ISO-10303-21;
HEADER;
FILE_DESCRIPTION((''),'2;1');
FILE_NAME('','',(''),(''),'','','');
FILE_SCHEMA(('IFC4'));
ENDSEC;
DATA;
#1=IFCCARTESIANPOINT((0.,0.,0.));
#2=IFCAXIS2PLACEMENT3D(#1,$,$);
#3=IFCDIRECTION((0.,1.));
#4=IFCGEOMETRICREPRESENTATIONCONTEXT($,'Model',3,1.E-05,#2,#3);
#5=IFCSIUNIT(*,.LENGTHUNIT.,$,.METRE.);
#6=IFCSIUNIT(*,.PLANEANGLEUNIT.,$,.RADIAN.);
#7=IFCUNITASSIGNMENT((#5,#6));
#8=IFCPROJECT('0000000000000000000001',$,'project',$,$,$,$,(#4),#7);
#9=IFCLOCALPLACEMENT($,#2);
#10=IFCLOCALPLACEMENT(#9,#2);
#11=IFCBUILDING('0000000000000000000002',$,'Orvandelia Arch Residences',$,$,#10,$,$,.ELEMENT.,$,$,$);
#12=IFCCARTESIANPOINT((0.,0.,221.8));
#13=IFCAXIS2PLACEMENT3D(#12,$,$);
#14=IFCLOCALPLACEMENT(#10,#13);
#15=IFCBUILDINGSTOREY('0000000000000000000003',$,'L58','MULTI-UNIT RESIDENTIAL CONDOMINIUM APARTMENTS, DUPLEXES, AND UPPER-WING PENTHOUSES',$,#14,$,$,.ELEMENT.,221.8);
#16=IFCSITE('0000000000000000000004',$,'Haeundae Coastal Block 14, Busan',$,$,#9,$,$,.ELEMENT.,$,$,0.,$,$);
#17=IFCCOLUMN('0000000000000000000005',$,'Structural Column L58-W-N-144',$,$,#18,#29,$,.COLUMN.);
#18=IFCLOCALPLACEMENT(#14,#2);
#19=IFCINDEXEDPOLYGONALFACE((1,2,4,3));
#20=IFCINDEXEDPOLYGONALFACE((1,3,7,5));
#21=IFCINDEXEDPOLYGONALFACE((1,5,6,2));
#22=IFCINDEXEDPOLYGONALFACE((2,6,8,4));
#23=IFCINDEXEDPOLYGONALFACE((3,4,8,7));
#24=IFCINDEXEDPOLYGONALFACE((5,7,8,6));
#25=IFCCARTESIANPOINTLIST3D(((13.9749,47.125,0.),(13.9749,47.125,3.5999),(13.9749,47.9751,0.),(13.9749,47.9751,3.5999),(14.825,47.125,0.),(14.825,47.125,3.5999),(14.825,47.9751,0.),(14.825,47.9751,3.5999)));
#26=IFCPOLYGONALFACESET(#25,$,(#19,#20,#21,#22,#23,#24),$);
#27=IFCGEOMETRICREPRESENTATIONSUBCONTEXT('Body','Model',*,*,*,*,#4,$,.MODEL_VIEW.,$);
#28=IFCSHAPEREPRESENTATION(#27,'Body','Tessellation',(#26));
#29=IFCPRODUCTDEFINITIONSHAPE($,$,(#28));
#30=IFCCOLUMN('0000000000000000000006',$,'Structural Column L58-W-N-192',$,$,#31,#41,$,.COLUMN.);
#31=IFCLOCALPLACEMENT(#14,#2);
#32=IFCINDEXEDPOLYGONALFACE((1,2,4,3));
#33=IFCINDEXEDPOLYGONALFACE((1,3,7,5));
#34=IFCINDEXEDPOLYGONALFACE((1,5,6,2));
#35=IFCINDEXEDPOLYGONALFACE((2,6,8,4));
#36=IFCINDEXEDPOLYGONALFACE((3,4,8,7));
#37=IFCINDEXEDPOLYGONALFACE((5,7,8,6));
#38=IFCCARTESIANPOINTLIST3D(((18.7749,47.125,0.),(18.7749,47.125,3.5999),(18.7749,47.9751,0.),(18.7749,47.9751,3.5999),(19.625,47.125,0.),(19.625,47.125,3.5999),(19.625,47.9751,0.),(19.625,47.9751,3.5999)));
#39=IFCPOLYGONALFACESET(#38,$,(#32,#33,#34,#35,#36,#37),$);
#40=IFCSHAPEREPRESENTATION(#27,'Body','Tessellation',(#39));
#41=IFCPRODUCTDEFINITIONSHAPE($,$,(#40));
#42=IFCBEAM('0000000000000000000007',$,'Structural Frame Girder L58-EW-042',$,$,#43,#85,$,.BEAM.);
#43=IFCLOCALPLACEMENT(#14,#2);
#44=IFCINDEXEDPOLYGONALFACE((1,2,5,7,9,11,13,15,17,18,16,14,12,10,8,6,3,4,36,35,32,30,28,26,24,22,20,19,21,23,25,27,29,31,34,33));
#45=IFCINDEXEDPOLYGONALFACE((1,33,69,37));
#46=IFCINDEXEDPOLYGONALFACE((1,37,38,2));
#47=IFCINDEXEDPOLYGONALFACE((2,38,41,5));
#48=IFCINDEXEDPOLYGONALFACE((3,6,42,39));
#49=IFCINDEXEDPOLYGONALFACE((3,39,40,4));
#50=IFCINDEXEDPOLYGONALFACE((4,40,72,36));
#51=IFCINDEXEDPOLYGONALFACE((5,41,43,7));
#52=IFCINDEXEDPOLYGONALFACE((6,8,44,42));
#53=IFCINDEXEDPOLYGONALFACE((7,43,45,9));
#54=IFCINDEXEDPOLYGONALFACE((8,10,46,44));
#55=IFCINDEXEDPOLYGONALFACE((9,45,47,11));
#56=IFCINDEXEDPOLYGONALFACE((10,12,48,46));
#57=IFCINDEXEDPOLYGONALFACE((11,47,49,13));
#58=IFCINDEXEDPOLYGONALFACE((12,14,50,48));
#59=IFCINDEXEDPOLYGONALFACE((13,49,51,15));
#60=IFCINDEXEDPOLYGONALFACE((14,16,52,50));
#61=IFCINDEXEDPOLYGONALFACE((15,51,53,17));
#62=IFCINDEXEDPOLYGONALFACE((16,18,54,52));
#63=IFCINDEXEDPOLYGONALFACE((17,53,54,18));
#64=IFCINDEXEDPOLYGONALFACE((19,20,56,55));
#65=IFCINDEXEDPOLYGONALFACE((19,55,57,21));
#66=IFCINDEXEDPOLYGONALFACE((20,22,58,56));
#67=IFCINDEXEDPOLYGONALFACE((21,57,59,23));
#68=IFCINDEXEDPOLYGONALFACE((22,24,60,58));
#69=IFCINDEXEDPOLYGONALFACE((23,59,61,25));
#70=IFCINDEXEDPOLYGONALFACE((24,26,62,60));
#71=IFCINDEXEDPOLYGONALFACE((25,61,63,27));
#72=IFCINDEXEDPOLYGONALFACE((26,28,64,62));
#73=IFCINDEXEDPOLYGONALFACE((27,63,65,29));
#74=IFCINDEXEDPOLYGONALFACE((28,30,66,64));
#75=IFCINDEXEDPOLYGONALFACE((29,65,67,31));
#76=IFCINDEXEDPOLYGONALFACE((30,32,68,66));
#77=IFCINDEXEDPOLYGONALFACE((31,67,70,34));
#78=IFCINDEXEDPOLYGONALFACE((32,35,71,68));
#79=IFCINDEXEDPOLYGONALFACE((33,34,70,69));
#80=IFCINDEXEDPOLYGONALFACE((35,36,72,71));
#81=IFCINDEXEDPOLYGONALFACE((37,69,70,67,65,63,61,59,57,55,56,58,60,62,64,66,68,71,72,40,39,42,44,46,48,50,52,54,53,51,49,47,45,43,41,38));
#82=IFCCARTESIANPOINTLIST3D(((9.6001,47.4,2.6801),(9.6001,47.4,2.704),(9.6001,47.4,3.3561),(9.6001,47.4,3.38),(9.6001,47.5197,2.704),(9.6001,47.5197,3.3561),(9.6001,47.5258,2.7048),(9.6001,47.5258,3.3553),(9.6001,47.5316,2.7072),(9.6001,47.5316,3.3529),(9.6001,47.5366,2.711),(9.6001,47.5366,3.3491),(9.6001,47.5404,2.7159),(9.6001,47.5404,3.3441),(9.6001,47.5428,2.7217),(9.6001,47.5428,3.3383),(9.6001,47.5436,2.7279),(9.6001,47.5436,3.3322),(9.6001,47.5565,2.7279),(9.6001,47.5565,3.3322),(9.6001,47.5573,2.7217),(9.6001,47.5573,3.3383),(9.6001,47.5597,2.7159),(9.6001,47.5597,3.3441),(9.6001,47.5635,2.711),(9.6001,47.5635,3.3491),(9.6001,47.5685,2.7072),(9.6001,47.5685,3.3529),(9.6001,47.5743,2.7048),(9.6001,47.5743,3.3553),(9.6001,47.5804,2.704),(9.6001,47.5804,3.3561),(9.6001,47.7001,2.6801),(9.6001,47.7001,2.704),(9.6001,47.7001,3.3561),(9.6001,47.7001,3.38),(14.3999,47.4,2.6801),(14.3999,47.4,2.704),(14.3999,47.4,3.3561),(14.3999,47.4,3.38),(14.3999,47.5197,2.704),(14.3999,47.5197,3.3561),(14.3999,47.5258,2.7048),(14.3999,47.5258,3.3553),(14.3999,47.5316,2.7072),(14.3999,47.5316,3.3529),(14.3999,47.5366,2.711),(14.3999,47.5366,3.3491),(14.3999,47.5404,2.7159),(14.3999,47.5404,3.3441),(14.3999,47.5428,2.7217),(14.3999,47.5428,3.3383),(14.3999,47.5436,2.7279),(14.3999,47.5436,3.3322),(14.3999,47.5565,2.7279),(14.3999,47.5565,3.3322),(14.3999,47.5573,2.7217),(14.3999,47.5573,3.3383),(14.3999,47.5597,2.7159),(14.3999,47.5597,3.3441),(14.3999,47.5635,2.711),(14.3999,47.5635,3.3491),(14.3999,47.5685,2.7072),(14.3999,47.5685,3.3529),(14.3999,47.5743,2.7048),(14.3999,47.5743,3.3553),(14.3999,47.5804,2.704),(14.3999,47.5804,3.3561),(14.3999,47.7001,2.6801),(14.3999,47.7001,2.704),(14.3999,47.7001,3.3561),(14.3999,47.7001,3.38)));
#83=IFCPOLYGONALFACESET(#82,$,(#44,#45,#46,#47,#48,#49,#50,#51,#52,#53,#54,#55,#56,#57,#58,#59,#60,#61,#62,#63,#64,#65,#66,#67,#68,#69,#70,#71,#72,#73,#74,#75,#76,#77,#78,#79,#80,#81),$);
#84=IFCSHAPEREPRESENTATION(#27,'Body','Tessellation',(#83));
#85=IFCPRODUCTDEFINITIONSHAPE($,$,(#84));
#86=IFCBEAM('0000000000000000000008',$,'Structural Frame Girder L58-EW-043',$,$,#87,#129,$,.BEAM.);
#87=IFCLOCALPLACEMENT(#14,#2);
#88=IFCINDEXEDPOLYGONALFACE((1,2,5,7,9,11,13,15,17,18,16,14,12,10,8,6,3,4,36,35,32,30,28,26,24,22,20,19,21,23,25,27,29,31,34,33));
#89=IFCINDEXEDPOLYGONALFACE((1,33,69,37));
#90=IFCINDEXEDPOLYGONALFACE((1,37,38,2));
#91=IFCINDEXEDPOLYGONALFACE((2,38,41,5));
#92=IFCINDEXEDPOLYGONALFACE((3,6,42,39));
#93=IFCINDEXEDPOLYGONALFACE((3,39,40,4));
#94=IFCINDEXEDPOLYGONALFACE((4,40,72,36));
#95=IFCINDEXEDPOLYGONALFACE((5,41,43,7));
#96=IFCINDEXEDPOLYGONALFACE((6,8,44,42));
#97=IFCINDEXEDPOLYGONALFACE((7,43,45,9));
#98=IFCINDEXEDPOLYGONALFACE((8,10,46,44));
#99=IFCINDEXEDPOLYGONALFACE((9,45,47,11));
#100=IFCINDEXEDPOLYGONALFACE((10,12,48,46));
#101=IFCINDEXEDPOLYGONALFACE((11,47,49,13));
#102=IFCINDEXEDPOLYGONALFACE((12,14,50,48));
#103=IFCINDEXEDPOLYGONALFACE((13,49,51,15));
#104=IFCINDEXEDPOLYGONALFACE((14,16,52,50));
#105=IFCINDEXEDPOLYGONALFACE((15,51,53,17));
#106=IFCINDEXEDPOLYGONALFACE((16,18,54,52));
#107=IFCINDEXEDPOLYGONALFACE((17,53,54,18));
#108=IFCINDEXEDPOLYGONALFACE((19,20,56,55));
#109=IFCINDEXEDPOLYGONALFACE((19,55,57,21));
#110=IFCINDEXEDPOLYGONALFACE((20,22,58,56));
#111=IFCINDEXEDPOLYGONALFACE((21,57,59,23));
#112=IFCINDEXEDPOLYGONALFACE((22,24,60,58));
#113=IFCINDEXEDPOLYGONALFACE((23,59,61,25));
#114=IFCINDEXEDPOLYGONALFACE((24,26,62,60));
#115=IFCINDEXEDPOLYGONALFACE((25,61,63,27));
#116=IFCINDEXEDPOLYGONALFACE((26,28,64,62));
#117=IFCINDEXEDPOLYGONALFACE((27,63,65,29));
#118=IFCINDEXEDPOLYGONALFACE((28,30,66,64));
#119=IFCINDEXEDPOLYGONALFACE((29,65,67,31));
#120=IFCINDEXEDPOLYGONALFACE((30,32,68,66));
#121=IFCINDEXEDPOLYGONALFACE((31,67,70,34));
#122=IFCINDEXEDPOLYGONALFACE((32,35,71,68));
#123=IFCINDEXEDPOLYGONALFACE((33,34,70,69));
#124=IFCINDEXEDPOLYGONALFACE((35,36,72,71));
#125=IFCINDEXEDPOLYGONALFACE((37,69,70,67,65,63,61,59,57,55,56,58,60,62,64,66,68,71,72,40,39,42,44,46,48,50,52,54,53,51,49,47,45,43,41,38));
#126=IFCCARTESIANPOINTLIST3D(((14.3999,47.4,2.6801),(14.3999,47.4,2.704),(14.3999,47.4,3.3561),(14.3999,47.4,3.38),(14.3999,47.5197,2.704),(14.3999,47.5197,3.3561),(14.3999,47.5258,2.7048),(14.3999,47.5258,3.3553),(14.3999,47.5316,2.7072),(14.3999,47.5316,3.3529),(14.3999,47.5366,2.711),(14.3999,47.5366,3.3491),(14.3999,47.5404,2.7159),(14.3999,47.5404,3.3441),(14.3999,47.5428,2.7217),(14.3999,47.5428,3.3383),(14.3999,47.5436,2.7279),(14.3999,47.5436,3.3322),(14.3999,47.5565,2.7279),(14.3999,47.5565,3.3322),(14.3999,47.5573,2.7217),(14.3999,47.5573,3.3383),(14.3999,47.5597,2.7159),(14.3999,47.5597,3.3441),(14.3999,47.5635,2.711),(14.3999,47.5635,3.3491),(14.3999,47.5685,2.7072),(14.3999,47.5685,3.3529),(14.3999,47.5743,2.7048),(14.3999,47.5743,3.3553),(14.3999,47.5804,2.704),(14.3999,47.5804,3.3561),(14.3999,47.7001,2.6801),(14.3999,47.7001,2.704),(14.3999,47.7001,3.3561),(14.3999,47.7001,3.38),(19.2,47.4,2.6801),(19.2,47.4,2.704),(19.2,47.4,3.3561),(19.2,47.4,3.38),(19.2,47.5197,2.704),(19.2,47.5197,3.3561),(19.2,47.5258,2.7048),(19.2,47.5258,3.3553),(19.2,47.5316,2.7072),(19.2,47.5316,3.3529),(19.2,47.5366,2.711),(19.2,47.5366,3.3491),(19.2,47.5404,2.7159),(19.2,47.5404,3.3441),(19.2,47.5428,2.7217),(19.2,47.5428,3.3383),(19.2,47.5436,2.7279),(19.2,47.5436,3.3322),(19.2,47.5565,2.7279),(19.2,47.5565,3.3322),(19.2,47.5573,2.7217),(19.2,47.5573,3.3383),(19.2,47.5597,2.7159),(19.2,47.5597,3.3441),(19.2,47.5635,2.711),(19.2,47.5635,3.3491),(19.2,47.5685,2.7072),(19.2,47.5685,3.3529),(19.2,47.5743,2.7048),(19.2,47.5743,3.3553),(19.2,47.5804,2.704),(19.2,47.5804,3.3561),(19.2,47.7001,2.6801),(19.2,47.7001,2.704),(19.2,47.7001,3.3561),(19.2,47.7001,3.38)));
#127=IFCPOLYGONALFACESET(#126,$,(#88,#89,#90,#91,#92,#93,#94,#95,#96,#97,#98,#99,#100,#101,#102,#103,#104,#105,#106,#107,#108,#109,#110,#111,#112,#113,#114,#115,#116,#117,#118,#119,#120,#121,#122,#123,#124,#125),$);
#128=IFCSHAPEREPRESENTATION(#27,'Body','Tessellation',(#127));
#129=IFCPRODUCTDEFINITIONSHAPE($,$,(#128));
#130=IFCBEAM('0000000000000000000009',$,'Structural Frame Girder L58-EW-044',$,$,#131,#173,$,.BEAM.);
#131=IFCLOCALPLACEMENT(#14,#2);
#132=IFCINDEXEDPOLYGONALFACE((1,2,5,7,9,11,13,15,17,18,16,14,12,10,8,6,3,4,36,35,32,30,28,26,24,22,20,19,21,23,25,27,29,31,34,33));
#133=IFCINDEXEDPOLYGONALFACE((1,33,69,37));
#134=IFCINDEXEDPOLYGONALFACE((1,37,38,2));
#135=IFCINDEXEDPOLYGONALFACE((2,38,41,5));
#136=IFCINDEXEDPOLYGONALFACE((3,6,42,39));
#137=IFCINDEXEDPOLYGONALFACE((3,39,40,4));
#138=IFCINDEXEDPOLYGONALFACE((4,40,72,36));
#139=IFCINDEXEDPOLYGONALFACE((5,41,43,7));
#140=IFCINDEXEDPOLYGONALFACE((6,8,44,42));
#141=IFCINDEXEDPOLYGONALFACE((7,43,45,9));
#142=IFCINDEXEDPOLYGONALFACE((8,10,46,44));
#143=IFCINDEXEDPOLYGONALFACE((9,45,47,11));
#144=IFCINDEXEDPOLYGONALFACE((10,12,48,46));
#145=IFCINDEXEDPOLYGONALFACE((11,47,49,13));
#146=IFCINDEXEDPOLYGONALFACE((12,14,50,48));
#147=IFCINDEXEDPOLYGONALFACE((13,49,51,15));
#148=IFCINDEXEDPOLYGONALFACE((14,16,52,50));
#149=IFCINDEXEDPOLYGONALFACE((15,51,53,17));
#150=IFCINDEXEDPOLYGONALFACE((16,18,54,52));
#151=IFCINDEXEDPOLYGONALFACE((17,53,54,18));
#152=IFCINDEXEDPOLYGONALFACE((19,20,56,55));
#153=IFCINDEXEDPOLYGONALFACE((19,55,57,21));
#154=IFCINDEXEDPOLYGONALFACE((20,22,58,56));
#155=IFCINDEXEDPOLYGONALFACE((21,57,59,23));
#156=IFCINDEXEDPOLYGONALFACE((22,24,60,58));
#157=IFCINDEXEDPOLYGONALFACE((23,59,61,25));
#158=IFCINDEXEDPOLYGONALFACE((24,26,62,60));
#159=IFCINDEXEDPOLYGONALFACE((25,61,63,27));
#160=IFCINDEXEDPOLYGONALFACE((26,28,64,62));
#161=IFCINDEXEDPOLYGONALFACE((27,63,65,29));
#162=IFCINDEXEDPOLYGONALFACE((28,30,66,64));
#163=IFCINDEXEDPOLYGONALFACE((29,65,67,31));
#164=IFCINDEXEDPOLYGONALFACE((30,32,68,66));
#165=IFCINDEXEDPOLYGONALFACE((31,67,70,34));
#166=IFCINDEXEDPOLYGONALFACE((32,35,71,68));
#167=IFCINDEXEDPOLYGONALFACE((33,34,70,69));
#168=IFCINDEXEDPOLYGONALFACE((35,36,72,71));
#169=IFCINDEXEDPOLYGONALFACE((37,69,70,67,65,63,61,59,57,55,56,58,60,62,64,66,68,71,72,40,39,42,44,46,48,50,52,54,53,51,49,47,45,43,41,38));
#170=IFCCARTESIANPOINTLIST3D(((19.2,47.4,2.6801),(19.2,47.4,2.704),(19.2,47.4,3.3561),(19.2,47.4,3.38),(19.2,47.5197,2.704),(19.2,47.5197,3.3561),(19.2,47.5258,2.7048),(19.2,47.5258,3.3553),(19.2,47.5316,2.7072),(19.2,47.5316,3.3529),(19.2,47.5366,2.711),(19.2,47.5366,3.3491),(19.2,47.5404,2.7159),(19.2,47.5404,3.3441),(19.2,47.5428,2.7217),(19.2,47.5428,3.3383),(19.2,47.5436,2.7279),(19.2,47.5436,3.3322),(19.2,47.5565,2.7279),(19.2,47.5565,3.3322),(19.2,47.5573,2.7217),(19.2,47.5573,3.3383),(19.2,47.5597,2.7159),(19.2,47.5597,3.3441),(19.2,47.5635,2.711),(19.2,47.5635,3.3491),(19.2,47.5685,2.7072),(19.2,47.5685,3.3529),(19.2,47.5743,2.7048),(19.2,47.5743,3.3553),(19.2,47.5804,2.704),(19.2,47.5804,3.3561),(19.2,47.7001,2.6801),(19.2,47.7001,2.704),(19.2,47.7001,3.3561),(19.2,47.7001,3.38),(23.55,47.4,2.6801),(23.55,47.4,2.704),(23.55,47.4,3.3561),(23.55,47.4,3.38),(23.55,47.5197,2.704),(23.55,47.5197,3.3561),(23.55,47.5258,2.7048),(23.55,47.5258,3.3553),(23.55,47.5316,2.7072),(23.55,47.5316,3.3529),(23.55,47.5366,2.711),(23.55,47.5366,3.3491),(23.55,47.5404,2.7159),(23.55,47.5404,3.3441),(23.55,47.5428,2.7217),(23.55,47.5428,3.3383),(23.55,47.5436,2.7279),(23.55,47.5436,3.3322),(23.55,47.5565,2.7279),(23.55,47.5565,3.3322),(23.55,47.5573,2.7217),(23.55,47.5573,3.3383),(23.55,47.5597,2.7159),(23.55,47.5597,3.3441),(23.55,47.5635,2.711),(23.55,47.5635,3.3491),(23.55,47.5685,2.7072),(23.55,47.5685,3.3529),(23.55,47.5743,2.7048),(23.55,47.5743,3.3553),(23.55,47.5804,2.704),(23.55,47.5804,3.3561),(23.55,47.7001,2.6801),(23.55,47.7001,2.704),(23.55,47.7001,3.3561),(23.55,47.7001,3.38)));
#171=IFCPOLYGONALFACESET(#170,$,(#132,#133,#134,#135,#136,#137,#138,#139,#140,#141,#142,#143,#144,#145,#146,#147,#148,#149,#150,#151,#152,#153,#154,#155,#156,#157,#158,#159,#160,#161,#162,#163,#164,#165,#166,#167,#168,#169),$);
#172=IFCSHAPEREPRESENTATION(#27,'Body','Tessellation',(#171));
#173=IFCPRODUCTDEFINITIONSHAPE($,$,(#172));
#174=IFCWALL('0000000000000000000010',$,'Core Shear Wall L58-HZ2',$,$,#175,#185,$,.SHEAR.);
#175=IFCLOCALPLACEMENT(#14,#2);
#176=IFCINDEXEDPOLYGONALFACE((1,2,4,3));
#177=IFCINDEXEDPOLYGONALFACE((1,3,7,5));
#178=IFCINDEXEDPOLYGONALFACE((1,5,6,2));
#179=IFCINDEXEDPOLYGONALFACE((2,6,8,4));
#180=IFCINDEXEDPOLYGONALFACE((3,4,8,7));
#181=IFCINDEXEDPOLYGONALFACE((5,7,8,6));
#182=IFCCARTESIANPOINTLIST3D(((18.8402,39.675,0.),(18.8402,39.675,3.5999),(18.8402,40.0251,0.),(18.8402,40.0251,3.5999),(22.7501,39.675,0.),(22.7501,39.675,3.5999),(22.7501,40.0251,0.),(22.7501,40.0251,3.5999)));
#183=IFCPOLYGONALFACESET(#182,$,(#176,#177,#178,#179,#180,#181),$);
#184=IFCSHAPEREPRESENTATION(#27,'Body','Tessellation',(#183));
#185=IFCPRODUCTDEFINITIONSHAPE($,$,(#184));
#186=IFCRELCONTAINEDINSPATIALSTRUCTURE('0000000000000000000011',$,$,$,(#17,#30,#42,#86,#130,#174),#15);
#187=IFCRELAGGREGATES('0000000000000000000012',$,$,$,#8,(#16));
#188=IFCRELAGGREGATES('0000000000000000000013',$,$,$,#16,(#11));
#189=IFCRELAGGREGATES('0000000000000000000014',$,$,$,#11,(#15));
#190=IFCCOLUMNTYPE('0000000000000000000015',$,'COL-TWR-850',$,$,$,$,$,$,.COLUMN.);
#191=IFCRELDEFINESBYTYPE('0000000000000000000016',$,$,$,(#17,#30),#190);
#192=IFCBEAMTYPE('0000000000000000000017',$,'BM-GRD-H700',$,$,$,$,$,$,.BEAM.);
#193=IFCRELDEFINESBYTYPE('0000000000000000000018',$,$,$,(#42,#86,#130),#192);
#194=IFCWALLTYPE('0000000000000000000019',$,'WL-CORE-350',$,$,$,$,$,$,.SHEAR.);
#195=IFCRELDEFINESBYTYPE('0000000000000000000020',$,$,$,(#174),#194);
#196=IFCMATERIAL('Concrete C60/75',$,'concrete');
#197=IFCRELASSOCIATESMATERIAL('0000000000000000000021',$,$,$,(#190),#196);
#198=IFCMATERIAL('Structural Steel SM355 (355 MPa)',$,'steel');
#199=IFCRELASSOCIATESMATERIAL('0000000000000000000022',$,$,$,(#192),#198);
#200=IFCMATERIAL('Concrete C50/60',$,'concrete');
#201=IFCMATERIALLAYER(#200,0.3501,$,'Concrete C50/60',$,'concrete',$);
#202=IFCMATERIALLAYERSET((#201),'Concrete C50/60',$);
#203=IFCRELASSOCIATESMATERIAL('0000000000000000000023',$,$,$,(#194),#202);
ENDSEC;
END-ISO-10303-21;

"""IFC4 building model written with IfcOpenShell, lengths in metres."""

from ifc_helpers import new_model, si_unit, direction, frame, frame_2d, origin, origin_2d, place, context, subcontext, project, spatial, rectangle, i_section, extrude, material, layer, layer_set, material_profile, profile_set, type_object, element, save


model = new_model("IFC4")

# Units and contexts
model_context = context("Model", 3, precision=1e-05, world=origin(), true_north=direction((0.0, 1.0)))
body_context = subcontext(model_context, "Body", "Model", "MODEL_VIEW")
ifc_project = project(units=[si_unit("LENGTHUNIT", "METRE"), si_unit("PLANEANGLEUNIT", "RADIAN")], contexts=[model_context])

# Site, building, storey
site_placement = place(None, origin())
site = spatial("IfcSite", under=ifc_project, at=site_placement, Name="Haeundae Coastal Block 14, Busan", CompositionType="ELEMENT", RefElevation=0.0)
building_placement = place(site_placement, origin())
building = spatial("IfcBuilding", under=site, at=building_placement, Name="Orvandelia Arch Residences", CompositionType="ELEMENT")
storey_placement = place(building_placement, frame((0.0, 0.0, 221.8)))
storey = spatial("IfcBuildingStorey", under=building, at=storey_placement, Name="L58", Description="MULTI-UNIT RESIDENTIAL CONDOMINIUM APARTMENTS, DUPLEXES, AND UPPER-WING PENTHOUSES", CompositionType="ELEMENT", Elevation=221.8)

# Columns
ifc_material_1 = material(Name="Concrete C60/75", Category="concrete")
ifc_material_profile_1 = material_profile(ifc_material_1, rectangle(XDim=0.8501, YDim=0.8501, at=origin_2d()), Name="Concrete C60/75", Category="concrete")
ifc_profile_set_1 = profile_set([ifc_material_profile_1], Name="Concrete C60/75")
column_type = type_object("IfcColumnType", Name="COL-TWR-850", PredefinedType="COLUMN", material=ifc_profile_set_1)
for number, where, z_axis, x_axis, name in (
    (1, (14.3999, 47.55, 0.0), (0.0, 0.0, 1.0), (1.0, 0.0, 0.0), "Structural Column L58-W-N-144"),
    (2, (19.2, 47.55, 0.0), (0.0, 0.0, 1.0), (1.0, 0.0, 0.0), "Structural Column L58-W-N-192"),
):
    element("IfcColumn", number, at=place(storey_placement, frame(where, z_axis=z_axis, x_axis=x_axis)), inside=storey, type_object=column_type, Name=name, PredefinedType="COLUMN", context=body_context, shape_type="SweptSolid", body=[
        extrude(rectangle(XDim=0.8501, YDim=0.8501, at=origin_2d()), origin(), (0.0, 0.0, 1.0), 3.5999),
    ])

# Beams
ifc_material_2 = material(Name="Structural Steel SM355 (355 MPa)", Category="steel")
ifc_material_profile_2 = material_profile(ifc_material_2, i_section(OverallWidth=0.3, OverallDepth=0.7, WebThickness=0.0129, FlangeThickness=0.0239, FilletRadius=0.0239, at=origin_2d()), Name="Structural Steel SM355 (355 MPa)", Category="steel")
ifc_profile_set_2 = profile_set([ifc_material_profile_2], Name="Structural Steel SM355 (355 MPa)")
beam_type = type_object("IfcBeamType", Name="BM-GRD-H700", PredefinedType="BEAM", material=ifc_profile_set_2)
beam_1_placement = place(storey_placement, frame((9.6001, 47.55, 3.03), z_axis=(1.0, 0.0, 0.0), x_axis=(0.0, 1.0, 0.0)))
element("IfcBeam", 3, at=beam_1_placement, inside=storey, type_object=beam_type, Name="Structural Frame Girder L58-EW-042", PredefinedType="BEAM", context=body_context, shape_type="SweptSolid", body=[
    extrude(i_section(OverallWidth=0.3, OverallDepth=0.7, WebThickness=0.0129, FlangeThickness=0.0239, FilletRadius=0.0239, at=origin_2d()), origin(), (0.0, 0.0, 1.0), 4.7998),
])
beam_2_placement = place(storey_placement, frame((14.3999, 47.55, 3.03), z_axis=(1.0, 0.0, 0.0), x_axis=(0.0, 1.0, 0.0)))
element("IfcBeam", 4, at=beam_2_placement, inside=storey, type_object=beam_type, Name="Structural Frame Girder L58-EW-043", PredefinedType="BEAM", context=body_context, shape_type="SweptSolid", body=[
    extrude(i_section(OverallWidth=0.3, OverallDepth=0.7, WebThickness=0.0129, FlangeThickness=0.0239, FilletRadius=0.0239, at=origin_2d()), origin(), (0.0, 0.0, 1.0), 4.8),
])
beam_3_placement = place(storey_placement, frame((19.2, 47.55, 3.03), z_axis=(1.0, 0.0, 0.0), x_axis=(0.0, 1.0, 0.0)))
element("IfcBeam", 5, at=beam_3_placement, inside=storey, type_object=beam_type, Name="Structural Frame Girder L58-EW-044", PredefinedType="BEAM", context=body_context, shape_type="SweptSolid", body=[
    extrude(i_section(OverallWidth=0.3, OverallDepth=0.7, WebThickness=0.0129, FlangeThickness=0.0239, FilletRadius=0.0239, at=origin_2d()), origin(), (0.0, 0.0, 1.0), 4.3501),
])

# Wall
ifc_material_3 = material(Name="Concrete C50/60", Category="concrete")
ifc_layer_1 = layer(ifc_material_3, 0.3501, Name="Concrete C50/60", Category="concrete")
ifc_layer_set_1 = layer_set([ifc_layer_1], Name="Concrete C50/60")
wall_type_1 = type_object("IfcWallType", Name="WL-CORE-350", PredefinedType="SHEAR", material=ifc_layer_set_1)
wall_1_placement = place(storey_placement, frame((18.8401, 39.8501, 0.0), z_axis=(0.0, 0.0, 1.0), x_axis=(1.0, 0.0, 0.0)))
element("IfcWall", 6, at=wall_1_placement, inside=storey, type_object=wall_type_1, Name="Core Shear Wall L58-HZ2", PredefinedType="SHEAR", context=body_context, shape_type="SweptSolid", body=[
    extrude(rectangle(XDim=3.9099, YDim=0.3501, at=frame_2d((1.9551, 0.0))), origin(), (0.0, 0.0, 1.0), 3.5999),
])

save(model, "model.ifc")
